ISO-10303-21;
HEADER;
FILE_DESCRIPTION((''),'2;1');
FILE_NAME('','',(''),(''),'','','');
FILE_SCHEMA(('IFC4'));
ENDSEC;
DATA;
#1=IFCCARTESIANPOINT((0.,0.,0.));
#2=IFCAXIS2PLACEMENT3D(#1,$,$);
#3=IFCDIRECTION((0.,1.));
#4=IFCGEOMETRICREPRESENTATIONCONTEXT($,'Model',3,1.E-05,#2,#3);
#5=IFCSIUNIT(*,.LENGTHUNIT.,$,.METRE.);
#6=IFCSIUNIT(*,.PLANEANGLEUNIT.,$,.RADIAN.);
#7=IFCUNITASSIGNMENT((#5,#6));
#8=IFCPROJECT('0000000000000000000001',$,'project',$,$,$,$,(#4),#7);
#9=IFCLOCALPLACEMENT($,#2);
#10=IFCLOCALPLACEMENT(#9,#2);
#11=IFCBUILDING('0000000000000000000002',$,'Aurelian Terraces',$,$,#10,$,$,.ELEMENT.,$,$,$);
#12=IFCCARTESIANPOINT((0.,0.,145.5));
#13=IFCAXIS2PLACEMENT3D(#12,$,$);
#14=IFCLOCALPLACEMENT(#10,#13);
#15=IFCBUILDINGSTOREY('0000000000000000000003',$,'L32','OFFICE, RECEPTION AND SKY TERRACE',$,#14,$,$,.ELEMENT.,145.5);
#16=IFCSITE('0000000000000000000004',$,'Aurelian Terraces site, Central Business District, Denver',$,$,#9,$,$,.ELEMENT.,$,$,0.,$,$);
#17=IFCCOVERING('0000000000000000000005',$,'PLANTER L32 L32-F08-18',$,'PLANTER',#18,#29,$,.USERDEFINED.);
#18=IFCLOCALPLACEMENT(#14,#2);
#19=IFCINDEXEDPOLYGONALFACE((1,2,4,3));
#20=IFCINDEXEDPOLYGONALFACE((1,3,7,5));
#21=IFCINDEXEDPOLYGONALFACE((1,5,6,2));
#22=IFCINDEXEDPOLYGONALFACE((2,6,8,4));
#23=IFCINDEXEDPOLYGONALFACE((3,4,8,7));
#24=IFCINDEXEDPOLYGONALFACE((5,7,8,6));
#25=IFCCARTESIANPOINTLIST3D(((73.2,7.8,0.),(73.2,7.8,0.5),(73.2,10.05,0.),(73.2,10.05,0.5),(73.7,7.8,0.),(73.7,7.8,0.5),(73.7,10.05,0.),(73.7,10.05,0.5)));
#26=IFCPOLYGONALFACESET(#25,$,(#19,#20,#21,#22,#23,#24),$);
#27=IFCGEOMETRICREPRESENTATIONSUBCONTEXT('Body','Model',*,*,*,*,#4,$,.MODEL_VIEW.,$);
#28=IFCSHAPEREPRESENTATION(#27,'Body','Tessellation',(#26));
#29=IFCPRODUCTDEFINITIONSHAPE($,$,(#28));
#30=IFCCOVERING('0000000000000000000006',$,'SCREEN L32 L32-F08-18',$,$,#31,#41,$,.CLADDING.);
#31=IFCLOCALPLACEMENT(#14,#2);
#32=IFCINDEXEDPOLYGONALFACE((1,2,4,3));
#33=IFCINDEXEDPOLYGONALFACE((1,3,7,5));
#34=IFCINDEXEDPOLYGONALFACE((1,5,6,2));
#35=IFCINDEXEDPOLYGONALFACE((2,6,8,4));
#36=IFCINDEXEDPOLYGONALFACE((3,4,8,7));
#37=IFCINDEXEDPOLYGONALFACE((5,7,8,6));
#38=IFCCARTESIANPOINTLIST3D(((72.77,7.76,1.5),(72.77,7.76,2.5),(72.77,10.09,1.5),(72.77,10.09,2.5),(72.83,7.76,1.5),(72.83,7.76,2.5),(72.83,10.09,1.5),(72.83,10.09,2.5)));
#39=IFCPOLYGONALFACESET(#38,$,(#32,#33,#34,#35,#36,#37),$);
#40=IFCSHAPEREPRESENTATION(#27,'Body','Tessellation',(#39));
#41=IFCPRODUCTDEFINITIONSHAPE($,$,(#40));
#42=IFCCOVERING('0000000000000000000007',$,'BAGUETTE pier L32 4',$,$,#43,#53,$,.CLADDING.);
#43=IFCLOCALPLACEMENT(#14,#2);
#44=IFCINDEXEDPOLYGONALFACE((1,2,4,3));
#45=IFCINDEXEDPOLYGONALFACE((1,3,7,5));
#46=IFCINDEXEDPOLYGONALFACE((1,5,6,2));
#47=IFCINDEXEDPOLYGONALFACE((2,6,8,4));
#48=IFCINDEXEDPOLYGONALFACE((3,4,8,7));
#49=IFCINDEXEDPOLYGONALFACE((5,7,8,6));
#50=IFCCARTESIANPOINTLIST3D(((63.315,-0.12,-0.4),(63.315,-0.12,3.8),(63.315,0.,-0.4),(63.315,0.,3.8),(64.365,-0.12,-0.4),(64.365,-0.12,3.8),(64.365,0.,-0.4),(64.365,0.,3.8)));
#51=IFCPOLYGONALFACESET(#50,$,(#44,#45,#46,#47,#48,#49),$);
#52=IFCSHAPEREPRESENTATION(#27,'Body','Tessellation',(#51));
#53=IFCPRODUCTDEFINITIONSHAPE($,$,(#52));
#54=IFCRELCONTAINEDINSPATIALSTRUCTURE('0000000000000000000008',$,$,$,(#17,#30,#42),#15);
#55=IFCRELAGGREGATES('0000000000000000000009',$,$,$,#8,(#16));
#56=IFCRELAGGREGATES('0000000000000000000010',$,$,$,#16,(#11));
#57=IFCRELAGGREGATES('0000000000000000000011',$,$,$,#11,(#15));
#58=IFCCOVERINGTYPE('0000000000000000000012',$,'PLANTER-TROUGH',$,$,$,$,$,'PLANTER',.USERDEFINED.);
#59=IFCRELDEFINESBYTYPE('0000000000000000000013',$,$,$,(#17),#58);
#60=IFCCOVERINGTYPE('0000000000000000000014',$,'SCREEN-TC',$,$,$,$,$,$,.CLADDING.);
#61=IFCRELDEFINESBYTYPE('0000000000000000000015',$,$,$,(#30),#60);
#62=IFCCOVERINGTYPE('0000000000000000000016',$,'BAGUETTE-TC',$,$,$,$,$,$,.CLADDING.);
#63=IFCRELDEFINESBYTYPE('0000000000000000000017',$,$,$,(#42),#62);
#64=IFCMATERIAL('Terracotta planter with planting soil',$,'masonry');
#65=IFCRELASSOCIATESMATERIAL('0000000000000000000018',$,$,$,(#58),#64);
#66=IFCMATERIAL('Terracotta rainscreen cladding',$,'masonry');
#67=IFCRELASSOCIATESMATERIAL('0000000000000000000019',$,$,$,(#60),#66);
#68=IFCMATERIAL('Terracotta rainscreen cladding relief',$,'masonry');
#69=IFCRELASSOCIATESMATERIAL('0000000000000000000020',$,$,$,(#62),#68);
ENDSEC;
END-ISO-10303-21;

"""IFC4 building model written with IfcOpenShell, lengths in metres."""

from ifc_helpers import new_model, si_unit, direction, frame, origin, origin_2d, place, context, subcontext, project, spatial, rectangle, extrude, source, transform, mapped, material, type_object, element, save


model = new_model("IFC4")

# Units and contexts
model_context = context("Model", 3, precision=1e-05, world=origin(), true_north=direction((0.0, 1.0)))
body_context = subcontext(model_context, "Body", "Model", "MODEL_VIEW")
ifc_project = project(units=[si_unit("LENGTHUNIT", "METRE"), si_unit("PLANEANGLEUNIT", "RADIAN")], contexts=[model_context])

# Site, building, storey
site_placement = place(None, origin())
site = spatial("IfcSite", under=ifc_project, at=site_placement, Name="Aurelian Terraces site, Central Business District, Denver", CompositionType="ELEMENT", RefElevation=0.0)
building_placement = place(site_placement, origin())
building = spatial("IfcBuilding", under=site, at=building_placement, Name="Aurelian Terraces", CompositionType="ELEMENT")
storey_placement = place(building_placement, frame((0.0, 0.0, 145.5)))
storey = spatial("IfcBuildingStorey", under=building, at=storey_placement, Name="L32", Description="OFFICE, RECEPTION AND SKY TERRACE", CompositionType="ELEMENT", Elevation=145.5)

# Shared definitions
ifc_material_1 = material(Name="Terracotta rainscreen cladding", Category="masonry")

# Shared definitions
ifc_material_2 = material(Name="Terracotta rainscreen cladding relief", Category="masonry")

# Coverings
ifc_material_3 = material(Name="Terracotta planter with planting soil", Category="masonry")
covering_type_1 = type_object("IfcCoveringType", Name="PLANTER-TROUGH", ElementType="PLANTER", PredefinedType="USERDEFINED", material=ifc_material_3)
shared_shape_1 = source(origin(), body_context, "Body", "SweptSolid", [
    extrude(rectangle(XDim=0.5, YDim=2.25, at=origin_2d()), origin(), (0.0, 0.0, 1.0), 0.5),
])
covering_1_placement = place(storey_placement, frame((73.45, 8.925, 0.0), z_axis=(0.0, 0.0, 1.0), x_axis=(1.0, 0.0, 0.0)))
element("IfcCovering", 1, at=covering_1_placement, inside=storey, type_object=covering_type_1, Name="PLANTER L32 L32-F08-18", ObjectType="PLANTER", PredefinedType="USERDEFINED", context=body_context, shape_type="MappedRepresentation", body=[
    mapped(shared_shape_1, transform((0.0, 0.0, 0.0), scale=1.0)),
])
covering_type_2 = type_object("IfcCoveringType", Name="SCREEN-TC", PredefinedType="CLADDING", material=ifc_material_1)
shared_shape_2 = source(origin(), body_context, "Body", "SweptSolid", [
    extrude(rectangle(XDim=0.06, YDim=2.33, at=origin_2d()), origin(), (0.0, 0.0, 1.0), 1.0),
])
covering_2_placement = place(storey_placement, frame((72.8, 8.925, 1.5), z_axis=(0.0, 0.0, 1.0), x_axis=(1.0, 0.0, 0.0)))
element("IfcCovering", 2, at=covering_2_placement, inside=storey, type_object=covering_type_2, Name="SCREEN L32 L32-F08-18", PredefinedType="CLADDING", context=body_context, shape_type="MappedRepresentation", body=[
    mapped(shared_shape_2, transform((0.0, 0.0, 0.0), scale=1.0)),
])
covering_type_3 = type_object("IfcCoveringType", Name="BAGUETTE-TC", PredefinedType="CLADDING", material=ifc_material_2)
shared_shape_3 = source(origin(), body_context, "Body", "SweptSolid", [
    extrude(rectangle(XDim=1.05, YDim=0.12, at=origin_2d()), origin(), (0.0, 0.0, 1.0), 4.2),
])
covering_3_placement = place(storey_placement, frame((63.84, -0.06, -0.4), z_axis=(0.0, 0.0, 1.0), x_axis=(1.0, 0.0, 0.0)))
element("IfcCovering", 3, at=covering_3_placement, inside=storey, type_object=covering_type_3, Name="BAGUETTE pier L32 4", PredefinedType="CLADDING", context=body_context, shape_type="MappedRepresentation", body=[
    mapped(shared_shape_3, transform((0.0, 0.0, 0.0), scale=1.0)),
])

save(model, "model.ifc")
